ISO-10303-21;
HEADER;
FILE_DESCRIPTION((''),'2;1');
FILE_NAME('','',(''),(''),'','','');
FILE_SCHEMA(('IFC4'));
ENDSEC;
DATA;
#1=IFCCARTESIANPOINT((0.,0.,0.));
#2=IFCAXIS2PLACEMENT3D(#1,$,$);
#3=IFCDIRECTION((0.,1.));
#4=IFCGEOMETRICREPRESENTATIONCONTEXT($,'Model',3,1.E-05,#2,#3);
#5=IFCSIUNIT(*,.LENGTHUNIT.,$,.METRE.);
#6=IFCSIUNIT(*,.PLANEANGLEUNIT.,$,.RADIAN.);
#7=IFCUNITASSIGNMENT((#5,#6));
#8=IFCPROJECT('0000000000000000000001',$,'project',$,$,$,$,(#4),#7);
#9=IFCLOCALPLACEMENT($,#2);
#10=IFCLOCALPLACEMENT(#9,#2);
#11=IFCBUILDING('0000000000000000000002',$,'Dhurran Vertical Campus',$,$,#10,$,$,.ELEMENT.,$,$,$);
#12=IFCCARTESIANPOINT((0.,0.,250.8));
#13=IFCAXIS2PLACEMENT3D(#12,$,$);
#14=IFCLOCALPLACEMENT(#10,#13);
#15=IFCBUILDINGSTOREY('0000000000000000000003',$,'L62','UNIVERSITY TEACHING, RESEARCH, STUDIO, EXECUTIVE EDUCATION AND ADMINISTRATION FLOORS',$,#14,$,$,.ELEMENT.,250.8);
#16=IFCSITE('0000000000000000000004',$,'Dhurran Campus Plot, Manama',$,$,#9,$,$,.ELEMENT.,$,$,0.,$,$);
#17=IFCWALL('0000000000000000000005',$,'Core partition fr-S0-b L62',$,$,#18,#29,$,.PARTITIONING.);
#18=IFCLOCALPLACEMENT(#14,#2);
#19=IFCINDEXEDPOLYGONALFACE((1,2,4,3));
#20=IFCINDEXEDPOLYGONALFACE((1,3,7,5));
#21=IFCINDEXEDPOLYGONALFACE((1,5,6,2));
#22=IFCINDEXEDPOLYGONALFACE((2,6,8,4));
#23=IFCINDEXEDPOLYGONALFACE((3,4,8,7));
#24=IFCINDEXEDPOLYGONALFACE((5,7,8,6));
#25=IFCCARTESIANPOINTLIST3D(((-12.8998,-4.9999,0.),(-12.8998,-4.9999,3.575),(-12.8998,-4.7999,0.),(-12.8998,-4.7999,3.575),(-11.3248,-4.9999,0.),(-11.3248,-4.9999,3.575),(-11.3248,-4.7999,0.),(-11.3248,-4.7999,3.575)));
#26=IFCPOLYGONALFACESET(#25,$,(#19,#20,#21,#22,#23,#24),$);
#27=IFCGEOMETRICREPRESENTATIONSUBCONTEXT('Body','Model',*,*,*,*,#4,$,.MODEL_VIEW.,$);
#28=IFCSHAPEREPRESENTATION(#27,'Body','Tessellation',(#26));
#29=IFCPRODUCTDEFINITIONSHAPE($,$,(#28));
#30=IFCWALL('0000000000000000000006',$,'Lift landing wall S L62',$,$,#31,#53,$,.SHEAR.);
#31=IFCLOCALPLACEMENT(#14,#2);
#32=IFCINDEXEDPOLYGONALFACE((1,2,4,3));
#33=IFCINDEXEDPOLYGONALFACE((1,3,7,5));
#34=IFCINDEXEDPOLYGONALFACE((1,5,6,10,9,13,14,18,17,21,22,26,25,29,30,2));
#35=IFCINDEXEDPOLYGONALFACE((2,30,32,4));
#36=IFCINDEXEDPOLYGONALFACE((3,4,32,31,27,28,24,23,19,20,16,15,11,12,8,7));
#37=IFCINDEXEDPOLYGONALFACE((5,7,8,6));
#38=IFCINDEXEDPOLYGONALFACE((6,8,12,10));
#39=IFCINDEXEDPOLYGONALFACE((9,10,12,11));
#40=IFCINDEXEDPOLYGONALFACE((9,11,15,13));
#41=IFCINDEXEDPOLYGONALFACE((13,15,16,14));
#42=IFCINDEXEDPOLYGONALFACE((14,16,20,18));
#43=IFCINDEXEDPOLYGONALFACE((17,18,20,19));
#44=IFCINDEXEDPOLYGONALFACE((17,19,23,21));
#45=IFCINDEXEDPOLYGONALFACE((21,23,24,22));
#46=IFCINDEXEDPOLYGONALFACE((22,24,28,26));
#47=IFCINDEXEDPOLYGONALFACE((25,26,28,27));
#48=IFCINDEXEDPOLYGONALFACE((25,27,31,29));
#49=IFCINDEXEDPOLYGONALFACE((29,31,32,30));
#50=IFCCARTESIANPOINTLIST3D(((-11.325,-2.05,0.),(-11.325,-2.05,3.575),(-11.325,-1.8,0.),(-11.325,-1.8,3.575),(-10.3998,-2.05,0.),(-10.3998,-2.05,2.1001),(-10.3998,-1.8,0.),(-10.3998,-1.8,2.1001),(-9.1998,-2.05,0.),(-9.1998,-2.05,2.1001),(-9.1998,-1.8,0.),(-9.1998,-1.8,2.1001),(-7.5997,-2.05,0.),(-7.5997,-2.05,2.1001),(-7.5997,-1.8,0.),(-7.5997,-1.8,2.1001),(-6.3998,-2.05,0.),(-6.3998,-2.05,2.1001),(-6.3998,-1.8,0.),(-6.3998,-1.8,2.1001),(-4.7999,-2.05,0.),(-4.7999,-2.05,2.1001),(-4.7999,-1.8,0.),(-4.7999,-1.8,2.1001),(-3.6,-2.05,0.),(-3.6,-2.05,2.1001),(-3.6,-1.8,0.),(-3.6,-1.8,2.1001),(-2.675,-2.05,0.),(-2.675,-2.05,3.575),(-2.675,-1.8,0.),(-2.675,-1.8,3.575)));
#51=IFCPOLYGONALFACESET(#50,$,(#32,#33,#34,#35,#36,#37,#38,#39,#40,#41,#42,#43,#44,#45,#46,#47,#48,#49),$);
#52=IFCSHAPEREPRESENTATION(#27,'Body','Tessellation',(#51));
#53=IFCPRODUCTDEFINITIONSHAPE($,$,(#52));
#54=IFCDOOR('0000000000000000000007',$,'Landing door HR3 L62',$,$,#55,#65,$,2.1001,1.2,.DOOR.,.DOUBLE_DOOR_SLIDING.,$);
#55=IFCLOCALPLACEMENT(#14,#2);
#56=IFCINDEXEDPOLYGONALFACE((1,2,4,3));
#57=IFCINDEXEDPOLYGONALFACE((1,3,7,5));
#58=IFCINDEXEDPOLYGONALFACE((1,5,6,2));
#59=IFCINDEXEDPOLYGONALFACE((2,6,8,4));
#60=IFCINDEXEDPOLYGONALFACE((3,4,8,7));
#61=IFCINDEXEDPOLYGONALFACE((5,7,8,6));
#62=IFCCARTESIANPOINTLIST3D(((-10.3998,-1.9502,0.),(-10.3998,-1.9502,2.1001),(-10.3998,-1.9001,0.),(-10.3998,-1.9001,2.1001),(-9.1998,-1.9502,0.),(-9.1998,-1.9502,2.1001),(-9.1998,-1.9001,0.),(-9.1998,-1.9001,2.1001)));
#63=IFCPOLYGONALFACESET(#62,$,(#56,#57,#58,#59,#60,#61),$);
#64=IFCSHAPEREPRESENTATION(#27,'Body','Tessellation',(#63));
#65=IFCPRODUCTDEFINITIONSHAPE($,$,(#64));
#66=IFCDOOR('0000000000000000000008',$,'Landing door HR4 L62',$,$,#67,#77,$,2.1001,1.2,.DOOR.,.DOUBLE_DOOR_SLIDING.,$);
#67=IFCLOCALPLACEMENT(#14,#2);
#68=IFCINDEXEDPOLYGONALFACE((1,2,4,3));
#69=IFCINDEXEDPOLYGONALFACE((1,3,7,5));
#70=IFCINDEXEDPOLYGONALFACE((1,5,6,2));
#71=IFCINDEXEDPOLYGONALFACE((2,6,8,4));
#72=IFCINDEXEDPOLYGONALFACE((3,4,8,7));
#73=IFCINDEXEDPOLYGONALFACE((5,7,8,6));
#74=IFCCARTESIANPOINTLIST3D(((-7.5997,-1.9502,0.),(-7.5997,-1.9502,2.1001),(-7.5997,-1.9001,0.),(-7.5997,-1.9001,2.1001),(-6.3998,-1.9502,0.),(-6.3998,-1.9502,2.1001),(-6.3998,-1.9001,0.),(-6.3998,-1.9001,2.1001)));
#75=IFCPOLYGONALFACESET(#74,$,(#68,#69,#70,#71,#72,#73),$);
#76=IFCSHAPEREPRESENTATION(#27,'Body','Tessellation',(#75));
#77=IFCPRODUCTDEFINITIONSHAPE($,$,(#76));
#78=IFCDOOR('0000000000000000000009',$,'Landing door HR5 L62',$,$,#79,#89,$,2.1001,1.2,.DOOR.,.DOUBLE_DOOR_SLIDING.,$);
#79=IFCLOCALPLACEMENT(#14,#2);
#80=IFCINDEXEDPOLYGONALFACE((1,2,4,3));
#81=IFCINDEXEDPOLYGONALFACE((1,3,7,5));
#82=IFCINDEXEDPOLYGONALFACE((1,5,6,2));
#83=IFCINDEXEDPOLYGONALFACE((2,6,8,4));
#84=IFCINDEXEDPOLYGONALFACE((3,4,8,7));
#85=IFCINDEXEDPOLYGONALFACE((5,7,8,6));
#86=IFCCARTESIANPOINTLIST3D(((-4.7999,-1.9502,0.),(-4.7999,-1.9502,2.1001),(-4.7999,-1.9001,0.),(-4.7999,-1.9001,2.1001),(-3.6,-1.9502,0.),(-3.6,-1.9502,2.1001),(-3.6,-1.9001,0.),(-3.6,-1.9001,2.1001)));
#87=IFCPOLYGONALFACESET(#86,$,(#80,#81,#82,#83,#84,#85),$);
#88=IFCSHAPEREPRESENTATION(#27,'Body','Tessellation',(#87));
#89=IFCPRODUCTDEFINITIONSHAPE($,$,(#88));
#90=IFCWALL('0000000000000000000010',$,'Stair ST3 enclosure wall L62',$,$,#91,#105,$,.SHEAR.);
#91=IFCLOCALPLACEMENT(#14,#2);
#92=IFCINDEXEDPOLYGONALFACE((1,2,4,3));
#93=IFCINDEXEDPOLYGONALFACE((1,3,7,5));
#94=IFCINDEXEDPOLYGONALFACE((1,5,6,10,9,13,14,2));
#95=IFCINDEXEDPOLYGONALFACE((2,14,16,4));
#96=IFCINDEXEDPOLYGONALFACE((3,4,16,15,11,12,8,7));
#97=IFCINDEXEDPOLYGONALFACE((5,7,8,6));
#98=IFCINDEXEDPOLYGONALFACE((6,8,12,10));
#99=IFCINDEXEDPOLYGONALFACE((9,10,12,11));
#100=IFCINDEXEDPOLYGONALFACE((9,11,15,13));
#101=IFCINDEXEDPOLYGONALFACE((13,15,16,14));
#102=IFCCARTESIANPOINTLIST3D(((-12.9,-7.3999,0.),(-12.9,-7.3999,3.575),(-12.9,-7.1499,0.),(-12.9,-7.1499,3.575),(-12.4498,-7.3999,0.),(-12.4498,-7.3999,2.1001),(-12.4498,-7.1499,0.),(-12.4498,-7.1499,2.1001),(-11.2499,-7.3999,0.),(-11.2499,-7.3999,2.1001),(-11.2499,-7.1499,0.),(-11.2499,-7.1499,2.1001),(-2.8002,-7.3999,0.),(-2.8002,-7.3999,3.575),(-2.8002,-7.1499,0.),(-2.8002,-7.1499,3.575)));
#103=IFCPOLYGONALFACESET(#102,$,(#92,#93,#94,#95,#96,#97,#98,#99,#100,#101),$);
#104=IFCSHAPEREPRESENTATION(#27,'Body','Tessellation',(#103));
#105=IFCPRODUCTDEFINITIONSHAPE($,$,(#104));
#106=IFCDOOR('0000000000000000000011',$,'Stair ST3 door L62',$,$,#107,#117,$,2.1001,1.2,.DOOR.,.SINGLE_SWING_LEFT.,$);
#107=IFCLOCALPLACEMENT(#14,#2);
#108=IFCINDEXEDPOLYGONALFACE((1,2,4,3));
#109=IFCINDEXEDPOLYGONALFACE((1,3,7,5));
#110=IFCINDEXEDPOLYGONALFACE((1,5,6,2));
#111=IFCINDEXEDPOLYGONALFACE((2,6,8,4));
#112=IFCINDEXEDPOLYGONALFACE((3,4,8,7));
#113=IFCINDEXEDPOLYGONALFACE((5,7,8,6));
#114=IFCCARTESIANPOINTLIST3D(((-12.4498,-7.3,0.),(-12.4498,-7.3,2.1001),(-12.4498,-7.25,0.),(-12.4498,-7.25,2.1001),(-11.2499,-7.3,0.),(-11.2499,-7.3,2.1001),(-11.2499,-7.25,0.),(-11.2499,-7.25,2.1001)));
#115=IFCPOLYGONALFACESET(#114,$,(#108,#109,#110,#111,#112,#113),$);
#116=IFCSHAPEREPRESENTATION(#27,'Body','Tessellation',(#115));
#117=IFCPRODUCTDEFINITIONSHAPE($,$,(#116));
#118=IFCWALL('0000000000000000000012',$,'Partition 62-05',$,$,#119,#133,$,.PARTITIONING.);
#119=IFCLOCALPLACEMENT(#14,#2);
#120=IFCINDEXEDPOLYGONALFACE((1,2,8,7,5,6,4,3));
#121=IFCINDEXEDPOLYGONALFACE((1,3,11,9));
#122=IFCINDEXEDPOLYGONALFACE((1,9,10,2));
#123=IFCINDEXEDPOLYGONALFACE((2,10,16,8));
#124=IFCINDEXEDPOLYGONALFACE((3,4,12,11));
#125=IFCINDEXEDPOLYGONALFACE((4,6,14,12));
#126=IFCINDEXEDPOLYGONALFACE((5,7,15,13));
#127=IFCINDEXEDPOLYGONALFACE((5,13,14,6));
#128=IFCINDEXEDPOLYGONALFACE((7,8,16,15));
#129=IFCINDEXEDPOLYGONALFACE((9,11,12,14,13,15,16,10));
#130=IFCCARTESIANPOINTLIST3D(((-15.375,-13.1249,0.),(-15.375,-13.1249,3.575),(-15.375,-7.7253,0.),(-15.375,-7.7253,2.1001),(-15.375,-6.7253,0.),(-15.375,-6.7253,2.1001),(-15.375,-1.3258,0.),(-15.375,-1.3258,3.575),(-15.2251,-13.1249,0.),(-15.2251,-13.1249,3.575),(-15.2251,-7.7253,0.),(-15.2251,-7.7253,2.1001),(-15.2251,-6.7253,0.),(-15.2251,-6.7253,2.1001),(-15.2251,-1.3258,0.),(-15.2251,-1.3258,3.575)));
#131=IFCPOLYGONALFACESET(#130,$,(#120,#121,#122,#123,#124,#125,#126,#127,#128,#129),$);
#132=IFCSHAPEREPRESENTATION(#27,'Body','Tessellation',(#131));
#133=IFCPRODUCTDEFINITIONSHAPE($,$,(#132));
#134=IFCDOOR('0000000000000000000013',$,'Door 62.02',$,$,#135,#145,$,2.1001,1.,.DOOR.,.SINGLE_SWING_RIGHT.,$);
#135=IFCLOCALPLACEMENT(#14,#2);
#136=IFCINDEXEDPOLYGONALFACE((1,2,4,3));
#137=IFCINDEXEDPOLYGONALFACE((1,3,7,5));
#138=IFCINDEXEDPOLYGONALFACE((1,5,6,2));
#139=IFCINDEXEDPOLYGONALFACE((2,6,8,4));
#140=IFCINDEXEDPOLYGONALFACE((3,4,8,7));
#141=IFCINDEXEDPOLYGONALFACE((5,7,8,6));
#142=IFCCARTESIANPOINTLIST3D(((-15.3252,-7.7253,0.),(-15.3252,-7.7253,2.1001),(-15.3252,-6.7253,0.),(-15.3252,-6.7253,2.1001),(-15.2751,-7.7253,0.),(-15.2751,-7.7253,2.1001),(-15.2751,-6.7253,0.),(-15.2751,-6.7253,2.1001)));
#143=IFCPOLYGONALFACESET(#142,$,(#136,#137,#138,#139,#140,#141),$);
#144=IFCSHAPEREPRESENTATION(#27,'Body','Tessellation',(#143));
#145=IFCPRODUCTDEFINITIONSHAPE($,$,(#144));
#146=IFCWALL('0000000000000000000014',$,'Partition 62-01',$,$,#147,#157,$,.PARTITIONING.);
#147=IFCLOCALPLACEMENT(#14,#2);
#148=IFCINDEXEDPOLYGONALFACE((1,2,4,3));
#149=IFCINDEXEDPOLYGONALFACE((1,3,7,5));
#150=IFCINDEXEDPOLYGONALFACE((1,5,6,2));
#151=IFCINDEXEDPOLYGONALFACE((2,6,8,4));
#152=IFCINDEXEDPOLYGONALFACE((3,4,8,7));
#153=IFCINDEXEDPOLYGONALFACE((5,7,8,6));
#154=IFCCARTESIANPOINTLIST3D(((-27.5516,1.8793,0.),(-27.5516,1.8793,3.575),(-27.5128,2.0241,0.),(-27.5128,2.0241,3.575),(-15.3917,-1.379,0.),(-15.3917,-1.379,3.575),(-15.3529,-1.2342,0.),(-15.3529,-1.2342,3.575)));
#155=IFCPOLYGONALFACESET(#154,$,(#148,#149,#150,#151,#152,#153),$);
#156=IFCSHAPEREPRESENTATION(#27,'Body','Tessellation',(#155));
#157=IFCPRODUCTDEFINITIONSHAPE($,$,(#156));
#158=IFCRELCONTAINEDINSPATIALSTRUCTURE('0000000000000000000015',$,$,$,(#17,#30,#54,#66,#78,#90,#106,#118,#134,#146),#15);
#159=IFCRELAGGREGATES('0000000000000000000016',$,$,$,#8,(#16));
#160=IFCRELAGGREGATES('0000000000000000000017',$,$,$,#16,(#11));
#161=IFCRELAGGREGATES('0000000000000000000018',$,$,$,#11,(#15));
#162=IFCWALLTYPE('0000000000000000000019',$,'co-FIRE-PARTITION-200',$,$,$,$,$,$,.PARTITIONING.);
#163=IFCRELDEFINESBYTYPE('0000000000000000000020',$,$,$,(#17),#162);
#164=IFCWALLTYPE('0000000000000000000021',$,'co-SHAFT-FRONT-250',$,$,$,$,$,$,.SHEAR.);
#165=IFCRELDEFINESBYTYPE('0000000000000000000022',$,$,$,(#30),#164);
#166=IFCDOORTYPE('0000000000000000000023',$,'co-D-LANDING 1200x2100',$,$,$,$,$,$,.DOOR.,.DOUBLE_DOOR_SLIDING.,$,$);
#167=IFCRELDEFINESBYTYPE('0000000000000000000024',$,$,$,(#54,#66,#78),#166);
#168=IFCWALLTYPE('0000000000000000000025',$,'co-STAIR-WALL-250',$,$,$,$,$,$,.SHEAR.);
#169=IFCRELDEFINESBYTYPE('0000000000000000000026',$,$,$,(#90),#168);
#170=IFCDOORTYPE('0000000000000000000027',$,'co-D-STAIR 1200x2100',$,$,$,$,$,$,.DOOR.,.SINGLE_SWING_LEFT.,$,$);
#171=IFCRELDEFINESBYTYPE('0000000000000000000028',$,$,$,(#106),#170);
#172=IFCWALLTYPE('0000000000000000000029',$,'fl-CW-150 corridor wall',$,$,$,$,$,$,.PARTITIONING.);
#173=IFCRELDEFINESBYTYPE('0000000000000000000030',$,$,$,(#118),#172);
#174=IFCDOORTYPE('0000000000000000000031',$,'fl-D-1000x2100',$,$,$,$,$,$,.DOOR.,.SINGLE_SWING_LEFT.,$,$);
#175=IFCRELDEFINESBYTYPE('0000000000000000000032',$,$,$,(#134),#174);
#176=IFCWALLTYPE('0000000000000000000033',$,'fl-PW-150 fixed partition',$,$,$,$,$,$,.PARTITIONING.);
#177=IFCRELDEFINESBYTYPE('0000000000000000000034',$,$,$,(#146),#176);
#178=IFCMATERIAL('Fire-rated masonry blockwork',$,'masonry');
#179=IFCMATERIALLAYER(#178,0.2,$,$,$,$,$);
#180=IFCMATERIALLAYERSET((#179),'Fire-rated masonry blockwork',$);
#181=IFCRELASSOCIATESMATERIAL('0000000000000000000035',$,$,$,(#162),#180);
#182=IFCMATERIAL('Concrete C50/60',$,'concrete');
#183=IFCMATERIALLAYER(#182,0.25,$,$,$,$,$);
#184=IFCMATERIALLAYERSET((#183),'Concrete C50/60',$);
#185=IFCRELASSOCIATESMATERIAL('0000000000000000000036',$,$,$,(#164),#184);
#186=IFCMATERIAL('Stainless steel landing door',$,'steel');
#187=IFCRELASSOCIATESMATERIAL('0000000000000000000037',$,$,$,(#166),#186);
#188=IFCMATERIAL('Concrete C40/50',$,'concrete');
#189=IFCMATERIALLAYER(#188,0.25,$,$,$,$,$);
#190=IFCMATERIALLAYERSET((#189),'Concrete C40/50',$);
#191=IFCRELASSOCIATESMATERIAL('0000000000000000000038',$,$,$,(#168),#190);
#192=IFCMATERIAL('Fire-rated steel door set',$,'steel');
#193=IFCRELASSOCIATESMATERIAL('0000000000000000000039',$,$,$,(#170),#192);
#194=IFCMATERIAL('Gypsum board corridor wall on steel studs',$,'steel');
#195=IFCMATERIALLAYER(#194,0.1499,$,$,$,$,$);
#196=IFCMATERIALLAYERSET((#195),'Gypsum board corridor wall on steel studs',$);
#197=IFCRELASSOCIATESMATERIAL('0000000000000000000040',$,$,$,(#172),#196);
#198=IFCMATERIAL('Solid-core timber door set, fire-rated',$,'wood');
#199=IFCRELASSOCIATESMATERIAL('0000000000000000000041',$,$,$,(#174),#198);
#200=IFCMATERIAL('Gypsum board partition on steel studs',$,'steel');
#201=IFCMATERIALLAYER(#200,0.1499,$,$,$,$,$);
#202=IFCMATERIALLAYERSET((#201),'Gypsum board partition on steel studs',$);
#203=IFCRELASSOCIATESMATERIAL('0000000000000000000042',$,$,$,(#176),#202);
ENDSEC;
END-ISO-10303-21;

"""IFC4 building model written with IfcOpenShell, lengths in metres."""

from ifc_helpers import new_model, si_unit, direction, frame, frame_2d, origin, place, context, subcontext, project, spatial, rectangle, extrude, material, layer, layer_set, type_object, element, fill, save


model = new_model("IFC4")

# Units and contexts
model_context = context("Model", 3, precision=1e-05, world=origin(), true_north=direction((0.0, 1.0)))
body_context = subcontext(model_context, "Body", "Model", "MODEL_VIEW")
ifc_project = project(units=[si_unit("LENGTHUNIT", "METRE"), si_unit("PLANEANGLEUNIT", "RADIAN")], contexts=[model_context])

# Site, building, storey
site_placement = place(None, origin())
site = spatial("IfcSite", under=ifc_project, at=site_placement, Name="Dhurran Campus Plot, Manama", CompositionType="ELEMENT", RefElevation=0.0)
building_placement = place(site_placement, origin())
building = spatial("IfcBuilding", under=site, at=building_placement, Name="Dhurran Vertical Campus", CompositionType="ELEMENT")
storey_placement = place(building_placement, frame((0.0, 0.0, 250.8)))
storey = spatial("IfcBuildingStorey", under=building, at=storey_placement, Name="L62", Description="UNIVERSITY TEACHING, RESEARCH, STUDIO, EXECUTIVE EDUCATION AND ADMINISTRATION FLOORS", CompositionType="ELEMENT", Elevation=250.8)

# Shared definitions
ifc_material_1 = material(Name="Fire-rated masonry blockwork", Category="masonry")
ifc_layer_1 = layer(ifc_material_1, 0.2)
ifc_layer_set_1 = layer_set([ifc_layer_1], Name="Fire-rated masonry blockwork")
wall_type_1 = type_object("IfcWallType", Name="co-FIRE-PARTITION-200", PredefinedType="PARTITIONING", material=ifc_layer_set_1)

# Wall
wall_1_placement = place(storey_placement, frame((-12.8999, -4.8999, 0.0), z_axis=(0.0, 0.0, 1.0), x_axis=(1.0, 0.0, 0.0)))
element("IfcWall", 1, at=wall_1_placement, inside=storey, type_object=wall_type_1, Name="Core partition fr-S0-b L62", PredefinedType="PARTITIONING", context=body_context, shape_type="SweptSolid", body=[
    extrude(rectangle(XDim=1.575, YDim=0.2, at=frame_2d((0.7876, 0.0))), origin(), (0.0, 0.0, 1.0), 3.575),
])

# Wall, openings, doors
ifc_material_2 = material(Name="Concrete C50/60", Category="concrete")
ifc_layer_2 = layer(ifc_material_2, 0.25)
ifc_layer_set_2 = layer_set([ifc_layer_2], Name="Concrete C50/60")
wall_type_2 = type_object("IfcWallType", Name="co-SHAFT-FRONT-250", PredefinedType="SHEAR", material=ifc_layer_set_2)
wall_2_placement = place(storey_placement, frame((-11.325, -1.925, 0.0), z_axis=(0.0, 0.0, 1.0), x_axis=(1.0, 0.0, 0.0)))
wall_2 = element("IfcWall", 2, at=wall_2_placement, inside=storey, type_object=wall_type_2, Name="Lift landing wall S L62", PredefinedType="SHEAR", context=body_context, shape_type="SweptSolid", body=[
    extrude(rectangle(XDim=8.6499, YDim=0.25, at=frame_2d((4.325, 0.0))), origin(), (0.0, 0.0, 1.0), 3.575),
])
opening_1_placement = place(wall_2_placement, frame((0.925, 0.0, 0.0)))
opening_1 = element("IfcOpeningElement", 3, at=opening_1_placement, cuts=wall_2, PredefinedType="OPENING", context=body_context, shape_type="SweptSolid", body=[
    extrude(rectangle(XDim=1.2, YDim=2.1001, at=frame_2d((0.6001, 1.05))), frame((0.0, 0.135, 0.0), z_axis=(0.0, -1.0, 0.0), x_axis=(1.0, 0.0, 0.0)), (0.0, 0.0, 1.0), 0.27),
])
opening_2_placement = place(wall_2_placement, frame((3.7251, 0.0, 0.0)))
opening_2 = element("IfcOpeningElement", 4, at=opening_2_placement, cuts=wall_2, PredefinedType="OPENING", context=body_context, shape_type="SweptSolid", body=[
    extrude(rectangle(XDim=1.2, YDim=2.1001, at=frame_2d((0.6001, 1.05))), frame((0.0, 0.135, 0.0), z_axis=(0.0, -1.0, 0.0), x_axis=(1.0, 0.0, 0.0)), (0.0, 0.0, 1.0), 0.27),
])
opening_3_placement = place(wall_2_placement, frame((6.5249, 0.0, 0.0)))
opening_3 = element("IfcOpeningElement", 5, at=opening_3_placement, cuts=wall_2, PredefinedType="OPENING", context=body_context, shape_type="SweptSolid", body=[
    extrude(rectangle(XDim=1.2, YDim=2.1001, at=frame_2d((0.6001, 1.05))), frame((0.0, 0.135, 0.0), z_axis=(0.0, -1.0, 0.0), x_axis=(1.0, 0.0, 0.0)), (0.0, 0.0, 1.0), 0.27),
])
ifc_material_3 = material(Name="Stainless steel landing door", Category="steel")
door_type_1 = type_object("IfcDoorType", Name="co-D-LANDING 1200x2100", OperationType="DOUBLE_DOOR_SLIDING", PredefinedType="DOOR", material=ifc_material_3)
door_1_placement = place(opening_1_placement, origin())
door_1 = element("IfcDoor", 6, at=door_1_placement, inside=storey, type_object=door_type_1, Name="Landing door HR3 L62", OperationType="DOUBLE_DOOR_SLIDING", OverallHeight=2.1001, OverallWidth=1.2, PredefinedType="DOOR", context=body_context, shape_type="SweptSolid", body=[
    extrude(rectangle(XDim=1.2, YDim=2.1001, at=frame_2d((0.6001, 1.05))), frame((0.0, 0.0249, 0.0), z_axis=(0.0, -1.0, 0.0), x_axis=(1.0, 0.0, 0.0)), (0.0, 0.0, 1.0), 0.05),
])
fill(opening_1, door_1)
door_2_placement = place(opening_2_placement, origin())
door_2 = element("IfcDoor", 7, at=door_2_placement, inside=storey, type_object=door_type_1, Name="Landing door HR4 L62", OperationType="DOUBLE_DOOR_SLIDING", OverallHeight=2.1001, OverallWidth=1.2, PredefinedType="DOOR", context=body_context, shape_type="SweptSolid", body=[
    extrude(rectangle(XDim=1.2, YDim=2.1001, at=frame_2d((0.6001, 1.05))), frame((0.0, 0.0249, 0.0), z_axis=(0.0, -1.0, 0.0), x_axis=(1.0, 0.0, 0.0)), (0.0, 0.0, 1.0), 0.05),
])
fill(opening_2, door_2)
door_3_placement = place(opening_3_placement, origin())
door_3 = element("IfcDoor", 8, at=door_3_placement, inside=storey, type_object=door_type_1, Name="Landing door HR5 L62", OperationType="DOUBLE_DOOR_SLIDING", OverallHeight=2.1001, OverallWidth=1.2, PredefinedType="DOOR", context=body_context, shape_type="SweptSolid", body=[
    extrude(rectangle(XDim=1.2, YDim=2.1001, at=frame_2d((0.6001, 1.05))), frame((0.0, 0.0249, 0.0), z_axis=(0.0, -1.0, 0.0), x_axis=(1.0, 0.0, 0.0)), (0.0, 0.0, 1.0), 0.05),
])
fill(opening_3, door_3)

# Walls, openings, doors
ifc_material_4 = material(Name="Concrete C40/50", Category="concrete")
ifc_layer_3 = layer(ifc_material_4, 0.25)
ifc_layer_set_3 = layer_set([ifc_layer_3], Name="Concrete C40/50")
wall_type_3 = type_object("IfcWallType", Name="co-STAIR-WALL-250", PredefinedType="SHEAR", material=ifc_layer_set_3)
wall_3_placement = place(storey_placement, frame((-12.8999, -7.2749, 0.0), z_axis=(0.0, 0.0, 1.0), x_axis=(1.0, 0.0, 0.0)))
wall_3 = element("IfcWall", 9, at=wall_3_placement, inside=storey, type_object=wall_type_3, Name="Stair ST3 enclosure wall L62", PredefinedType="SHEAR", context=body_context, shape_type="SweptSolid", body=[
    extrude(rectangle(XDim=10.0999, YDim=0.25, at=frame_2d((5.0498, 0.0))), origin(), (0.0, 0.0, 1.0), 3.575),
])
opening_4_placement = place(wall_3_placement, frame((0.45, 0.0, 0.0)))
opening_4 = element("IfcOpeningElement", 10, at=opening_4_placement, cuts=wall_3, PredefinedType="OPENING", context=body_context, shape_type="SweptSolid", body=[
    extrude(rectangle(XDim=1.2, YDim=2.1001, at=frame_2d((0.6001, 1.05))), frame((0.0, 0.135, 0.0), z_axis=(0.0, -1.0, 0.0), x_axis=(1.0, 0.0, 0.0)), (0.0, 0.0, 1.0), 0.27),
])
ifc_material_5 = material(Name="Fire-rated steel door set", Category="steel")
door_type_2 = type_object("IfcDoorType", Name="co-D-STAIR 1200x2100", OperationType="SINGLE_SWING_LEFT", PredefinedType="DOOR", material=ifc_material_5)
door_4_placement = place(opening_4_placement, origin())
door_4 = element("IfcDoor", 11, at=door_4_placement, inside=storey, type_object=door_type_2, Name="Stair ST3 door L62", OperationType="SINGLE_SWING_LEFT", OverallHeight=2.1001, OverallWidth=1.2, PredefinedType="DOOR", context=body_context, shape_type="SweptSolid", body=[
    extrude(rectangle(XDim=1.2, YDim=2.1001, at=frame_2d((0.6001, 1.05))), frame((0.0, 0.0249, 0.0), z_axis=(0.0, -1.0, 0.0), x_axis=(1.0, 0.0, 0.0)), (0.0, 0.0, 1.0), 0.05),
])
fill(opening_4, door_4)
ifc_material_6 = material(Name="Gypsum board corridor wall on steel studs", Category="steel")
ifc_layer_4 = layer(ifc_material_6, 0.1499)
ifc_layer_set_4 = layer_set([ifc_layer_4], Name="Gypsum board corridor wall on steel studs")
wall_type_4 = type_object("IfcWallType", Name="fl-CW-150 corridor wall", PredefinedType="PARTITIONING", material=ifc_layer_set_4)
wall_4_placement = place(storey_placement, frame((-15.3, -1.3259, 0.0), z_axis=(0.0, 0.0, 1.0), x_axis=(0.0, -1.0, 0.0)))
wall_4 = element("IfcWall", 12, at=wall_4_placement, inside=storey, type_object=wall_type_4, Name="Partition 62-05", PredefinedType="PARTITIONING", context=body_context, shape_type="SweptSolid", body=[
    extrude(rectangle(XDim=11.7991, YDim=0.1499, at=frame_2d((5.8994, 0.0))), origin(), (0.0, 0.0, 1.0), 3.575),
])
opening_5_placement = place(wall_4_placement, frame((5.3994, 0.0, 0.0)))
opening_5 = element("IfcOpeningElement", 13, at=opening_5_placement, cuts=wall_4, PredefinedType="OPENING", context=body_context, shape_type="SweptSolid", body=[
    extrude(rectangle(XDim=1.0, YDim=2.1001, at=frame_2d((0.5, 1.05))), frame((0.0, 0.085, 0.0), z_axis=(0.0, -1.0, 0.0), x_axis=(1.0, 0.0, 0.0)), (0.0, 0.0, 1.0), 0.1699),
])
ifc_material_7 = material(Name="Solid-core timber door set, fire-rated", Category="wood")
door_type_3 = type_object("IfcDoorType", Name="fl-D-1000x2100", OperationType="SINGLE_SWING_LEFT", PredefinedType="DOOR", material=ifc_material_7)
door_5_placement = place(opening_5_placement, origin())
door_5 = element("IfcDoor", 14, at=door_5_placement, inside=storey, type_object=door_type_3, Name="Door 62.02", OperationType="SINGLE_SWING_RIGHT", OverallHeight=2.1001, OverallWidth=1.0, PredefinedType="DOOR", context=body_context, shape_type="SweptSolid", body=[
    extrude(rectangle(XDim=1.0, YDim=2.1001, at=frame_2d((0.5, 1.05))), frame((0.0, 0.0249, 0.0), z_axis=(0.0, -1.0, 0.0), x_axis=(1.0, 0.0, 0.0)), (0.0, 0.0, 1.0), 0.05),
])
fill(opening_5, door_5)

# Wall
ifc_material_8 = material(Name="Gypsum board partition on steel studs", Category="steel")
ifc_layer_5 = layer(ifc_material_8, 0.1499)
ifc_layer_set_5 = layer_set([ifc_layer_5], Name="Gypsum board partition on steel studs")
wall_type_5 = type_object("IfcWallType", Name="fl-PW-150 fixed partition", PredefinedType="PARTITIONING", material=ifc_layer_set_5)
wall_5_placement = place(storey_placement, frame((-15.3723, -1.3066, 0.0), z_axis=(0.0, 0.0, 1.0), x_axis=(-0.965925, 0.258824, 0.0)))
element("IfcWall", 15, at=wall_5_placement, inside=storey, type_object=wall_type_5, Name="Partition 62-01", PredefinedType="PARTITIONING", context=body_context, shape_type="SweptSolid", body=[
    extrude(rectangle(XDim=12.5889, YDim=0.1499, at=frame_2d((6.2944, 0.0))), origin(), (0.0, 0.0, 1.0), 3.575),
])

save(model, "model.ifc")
